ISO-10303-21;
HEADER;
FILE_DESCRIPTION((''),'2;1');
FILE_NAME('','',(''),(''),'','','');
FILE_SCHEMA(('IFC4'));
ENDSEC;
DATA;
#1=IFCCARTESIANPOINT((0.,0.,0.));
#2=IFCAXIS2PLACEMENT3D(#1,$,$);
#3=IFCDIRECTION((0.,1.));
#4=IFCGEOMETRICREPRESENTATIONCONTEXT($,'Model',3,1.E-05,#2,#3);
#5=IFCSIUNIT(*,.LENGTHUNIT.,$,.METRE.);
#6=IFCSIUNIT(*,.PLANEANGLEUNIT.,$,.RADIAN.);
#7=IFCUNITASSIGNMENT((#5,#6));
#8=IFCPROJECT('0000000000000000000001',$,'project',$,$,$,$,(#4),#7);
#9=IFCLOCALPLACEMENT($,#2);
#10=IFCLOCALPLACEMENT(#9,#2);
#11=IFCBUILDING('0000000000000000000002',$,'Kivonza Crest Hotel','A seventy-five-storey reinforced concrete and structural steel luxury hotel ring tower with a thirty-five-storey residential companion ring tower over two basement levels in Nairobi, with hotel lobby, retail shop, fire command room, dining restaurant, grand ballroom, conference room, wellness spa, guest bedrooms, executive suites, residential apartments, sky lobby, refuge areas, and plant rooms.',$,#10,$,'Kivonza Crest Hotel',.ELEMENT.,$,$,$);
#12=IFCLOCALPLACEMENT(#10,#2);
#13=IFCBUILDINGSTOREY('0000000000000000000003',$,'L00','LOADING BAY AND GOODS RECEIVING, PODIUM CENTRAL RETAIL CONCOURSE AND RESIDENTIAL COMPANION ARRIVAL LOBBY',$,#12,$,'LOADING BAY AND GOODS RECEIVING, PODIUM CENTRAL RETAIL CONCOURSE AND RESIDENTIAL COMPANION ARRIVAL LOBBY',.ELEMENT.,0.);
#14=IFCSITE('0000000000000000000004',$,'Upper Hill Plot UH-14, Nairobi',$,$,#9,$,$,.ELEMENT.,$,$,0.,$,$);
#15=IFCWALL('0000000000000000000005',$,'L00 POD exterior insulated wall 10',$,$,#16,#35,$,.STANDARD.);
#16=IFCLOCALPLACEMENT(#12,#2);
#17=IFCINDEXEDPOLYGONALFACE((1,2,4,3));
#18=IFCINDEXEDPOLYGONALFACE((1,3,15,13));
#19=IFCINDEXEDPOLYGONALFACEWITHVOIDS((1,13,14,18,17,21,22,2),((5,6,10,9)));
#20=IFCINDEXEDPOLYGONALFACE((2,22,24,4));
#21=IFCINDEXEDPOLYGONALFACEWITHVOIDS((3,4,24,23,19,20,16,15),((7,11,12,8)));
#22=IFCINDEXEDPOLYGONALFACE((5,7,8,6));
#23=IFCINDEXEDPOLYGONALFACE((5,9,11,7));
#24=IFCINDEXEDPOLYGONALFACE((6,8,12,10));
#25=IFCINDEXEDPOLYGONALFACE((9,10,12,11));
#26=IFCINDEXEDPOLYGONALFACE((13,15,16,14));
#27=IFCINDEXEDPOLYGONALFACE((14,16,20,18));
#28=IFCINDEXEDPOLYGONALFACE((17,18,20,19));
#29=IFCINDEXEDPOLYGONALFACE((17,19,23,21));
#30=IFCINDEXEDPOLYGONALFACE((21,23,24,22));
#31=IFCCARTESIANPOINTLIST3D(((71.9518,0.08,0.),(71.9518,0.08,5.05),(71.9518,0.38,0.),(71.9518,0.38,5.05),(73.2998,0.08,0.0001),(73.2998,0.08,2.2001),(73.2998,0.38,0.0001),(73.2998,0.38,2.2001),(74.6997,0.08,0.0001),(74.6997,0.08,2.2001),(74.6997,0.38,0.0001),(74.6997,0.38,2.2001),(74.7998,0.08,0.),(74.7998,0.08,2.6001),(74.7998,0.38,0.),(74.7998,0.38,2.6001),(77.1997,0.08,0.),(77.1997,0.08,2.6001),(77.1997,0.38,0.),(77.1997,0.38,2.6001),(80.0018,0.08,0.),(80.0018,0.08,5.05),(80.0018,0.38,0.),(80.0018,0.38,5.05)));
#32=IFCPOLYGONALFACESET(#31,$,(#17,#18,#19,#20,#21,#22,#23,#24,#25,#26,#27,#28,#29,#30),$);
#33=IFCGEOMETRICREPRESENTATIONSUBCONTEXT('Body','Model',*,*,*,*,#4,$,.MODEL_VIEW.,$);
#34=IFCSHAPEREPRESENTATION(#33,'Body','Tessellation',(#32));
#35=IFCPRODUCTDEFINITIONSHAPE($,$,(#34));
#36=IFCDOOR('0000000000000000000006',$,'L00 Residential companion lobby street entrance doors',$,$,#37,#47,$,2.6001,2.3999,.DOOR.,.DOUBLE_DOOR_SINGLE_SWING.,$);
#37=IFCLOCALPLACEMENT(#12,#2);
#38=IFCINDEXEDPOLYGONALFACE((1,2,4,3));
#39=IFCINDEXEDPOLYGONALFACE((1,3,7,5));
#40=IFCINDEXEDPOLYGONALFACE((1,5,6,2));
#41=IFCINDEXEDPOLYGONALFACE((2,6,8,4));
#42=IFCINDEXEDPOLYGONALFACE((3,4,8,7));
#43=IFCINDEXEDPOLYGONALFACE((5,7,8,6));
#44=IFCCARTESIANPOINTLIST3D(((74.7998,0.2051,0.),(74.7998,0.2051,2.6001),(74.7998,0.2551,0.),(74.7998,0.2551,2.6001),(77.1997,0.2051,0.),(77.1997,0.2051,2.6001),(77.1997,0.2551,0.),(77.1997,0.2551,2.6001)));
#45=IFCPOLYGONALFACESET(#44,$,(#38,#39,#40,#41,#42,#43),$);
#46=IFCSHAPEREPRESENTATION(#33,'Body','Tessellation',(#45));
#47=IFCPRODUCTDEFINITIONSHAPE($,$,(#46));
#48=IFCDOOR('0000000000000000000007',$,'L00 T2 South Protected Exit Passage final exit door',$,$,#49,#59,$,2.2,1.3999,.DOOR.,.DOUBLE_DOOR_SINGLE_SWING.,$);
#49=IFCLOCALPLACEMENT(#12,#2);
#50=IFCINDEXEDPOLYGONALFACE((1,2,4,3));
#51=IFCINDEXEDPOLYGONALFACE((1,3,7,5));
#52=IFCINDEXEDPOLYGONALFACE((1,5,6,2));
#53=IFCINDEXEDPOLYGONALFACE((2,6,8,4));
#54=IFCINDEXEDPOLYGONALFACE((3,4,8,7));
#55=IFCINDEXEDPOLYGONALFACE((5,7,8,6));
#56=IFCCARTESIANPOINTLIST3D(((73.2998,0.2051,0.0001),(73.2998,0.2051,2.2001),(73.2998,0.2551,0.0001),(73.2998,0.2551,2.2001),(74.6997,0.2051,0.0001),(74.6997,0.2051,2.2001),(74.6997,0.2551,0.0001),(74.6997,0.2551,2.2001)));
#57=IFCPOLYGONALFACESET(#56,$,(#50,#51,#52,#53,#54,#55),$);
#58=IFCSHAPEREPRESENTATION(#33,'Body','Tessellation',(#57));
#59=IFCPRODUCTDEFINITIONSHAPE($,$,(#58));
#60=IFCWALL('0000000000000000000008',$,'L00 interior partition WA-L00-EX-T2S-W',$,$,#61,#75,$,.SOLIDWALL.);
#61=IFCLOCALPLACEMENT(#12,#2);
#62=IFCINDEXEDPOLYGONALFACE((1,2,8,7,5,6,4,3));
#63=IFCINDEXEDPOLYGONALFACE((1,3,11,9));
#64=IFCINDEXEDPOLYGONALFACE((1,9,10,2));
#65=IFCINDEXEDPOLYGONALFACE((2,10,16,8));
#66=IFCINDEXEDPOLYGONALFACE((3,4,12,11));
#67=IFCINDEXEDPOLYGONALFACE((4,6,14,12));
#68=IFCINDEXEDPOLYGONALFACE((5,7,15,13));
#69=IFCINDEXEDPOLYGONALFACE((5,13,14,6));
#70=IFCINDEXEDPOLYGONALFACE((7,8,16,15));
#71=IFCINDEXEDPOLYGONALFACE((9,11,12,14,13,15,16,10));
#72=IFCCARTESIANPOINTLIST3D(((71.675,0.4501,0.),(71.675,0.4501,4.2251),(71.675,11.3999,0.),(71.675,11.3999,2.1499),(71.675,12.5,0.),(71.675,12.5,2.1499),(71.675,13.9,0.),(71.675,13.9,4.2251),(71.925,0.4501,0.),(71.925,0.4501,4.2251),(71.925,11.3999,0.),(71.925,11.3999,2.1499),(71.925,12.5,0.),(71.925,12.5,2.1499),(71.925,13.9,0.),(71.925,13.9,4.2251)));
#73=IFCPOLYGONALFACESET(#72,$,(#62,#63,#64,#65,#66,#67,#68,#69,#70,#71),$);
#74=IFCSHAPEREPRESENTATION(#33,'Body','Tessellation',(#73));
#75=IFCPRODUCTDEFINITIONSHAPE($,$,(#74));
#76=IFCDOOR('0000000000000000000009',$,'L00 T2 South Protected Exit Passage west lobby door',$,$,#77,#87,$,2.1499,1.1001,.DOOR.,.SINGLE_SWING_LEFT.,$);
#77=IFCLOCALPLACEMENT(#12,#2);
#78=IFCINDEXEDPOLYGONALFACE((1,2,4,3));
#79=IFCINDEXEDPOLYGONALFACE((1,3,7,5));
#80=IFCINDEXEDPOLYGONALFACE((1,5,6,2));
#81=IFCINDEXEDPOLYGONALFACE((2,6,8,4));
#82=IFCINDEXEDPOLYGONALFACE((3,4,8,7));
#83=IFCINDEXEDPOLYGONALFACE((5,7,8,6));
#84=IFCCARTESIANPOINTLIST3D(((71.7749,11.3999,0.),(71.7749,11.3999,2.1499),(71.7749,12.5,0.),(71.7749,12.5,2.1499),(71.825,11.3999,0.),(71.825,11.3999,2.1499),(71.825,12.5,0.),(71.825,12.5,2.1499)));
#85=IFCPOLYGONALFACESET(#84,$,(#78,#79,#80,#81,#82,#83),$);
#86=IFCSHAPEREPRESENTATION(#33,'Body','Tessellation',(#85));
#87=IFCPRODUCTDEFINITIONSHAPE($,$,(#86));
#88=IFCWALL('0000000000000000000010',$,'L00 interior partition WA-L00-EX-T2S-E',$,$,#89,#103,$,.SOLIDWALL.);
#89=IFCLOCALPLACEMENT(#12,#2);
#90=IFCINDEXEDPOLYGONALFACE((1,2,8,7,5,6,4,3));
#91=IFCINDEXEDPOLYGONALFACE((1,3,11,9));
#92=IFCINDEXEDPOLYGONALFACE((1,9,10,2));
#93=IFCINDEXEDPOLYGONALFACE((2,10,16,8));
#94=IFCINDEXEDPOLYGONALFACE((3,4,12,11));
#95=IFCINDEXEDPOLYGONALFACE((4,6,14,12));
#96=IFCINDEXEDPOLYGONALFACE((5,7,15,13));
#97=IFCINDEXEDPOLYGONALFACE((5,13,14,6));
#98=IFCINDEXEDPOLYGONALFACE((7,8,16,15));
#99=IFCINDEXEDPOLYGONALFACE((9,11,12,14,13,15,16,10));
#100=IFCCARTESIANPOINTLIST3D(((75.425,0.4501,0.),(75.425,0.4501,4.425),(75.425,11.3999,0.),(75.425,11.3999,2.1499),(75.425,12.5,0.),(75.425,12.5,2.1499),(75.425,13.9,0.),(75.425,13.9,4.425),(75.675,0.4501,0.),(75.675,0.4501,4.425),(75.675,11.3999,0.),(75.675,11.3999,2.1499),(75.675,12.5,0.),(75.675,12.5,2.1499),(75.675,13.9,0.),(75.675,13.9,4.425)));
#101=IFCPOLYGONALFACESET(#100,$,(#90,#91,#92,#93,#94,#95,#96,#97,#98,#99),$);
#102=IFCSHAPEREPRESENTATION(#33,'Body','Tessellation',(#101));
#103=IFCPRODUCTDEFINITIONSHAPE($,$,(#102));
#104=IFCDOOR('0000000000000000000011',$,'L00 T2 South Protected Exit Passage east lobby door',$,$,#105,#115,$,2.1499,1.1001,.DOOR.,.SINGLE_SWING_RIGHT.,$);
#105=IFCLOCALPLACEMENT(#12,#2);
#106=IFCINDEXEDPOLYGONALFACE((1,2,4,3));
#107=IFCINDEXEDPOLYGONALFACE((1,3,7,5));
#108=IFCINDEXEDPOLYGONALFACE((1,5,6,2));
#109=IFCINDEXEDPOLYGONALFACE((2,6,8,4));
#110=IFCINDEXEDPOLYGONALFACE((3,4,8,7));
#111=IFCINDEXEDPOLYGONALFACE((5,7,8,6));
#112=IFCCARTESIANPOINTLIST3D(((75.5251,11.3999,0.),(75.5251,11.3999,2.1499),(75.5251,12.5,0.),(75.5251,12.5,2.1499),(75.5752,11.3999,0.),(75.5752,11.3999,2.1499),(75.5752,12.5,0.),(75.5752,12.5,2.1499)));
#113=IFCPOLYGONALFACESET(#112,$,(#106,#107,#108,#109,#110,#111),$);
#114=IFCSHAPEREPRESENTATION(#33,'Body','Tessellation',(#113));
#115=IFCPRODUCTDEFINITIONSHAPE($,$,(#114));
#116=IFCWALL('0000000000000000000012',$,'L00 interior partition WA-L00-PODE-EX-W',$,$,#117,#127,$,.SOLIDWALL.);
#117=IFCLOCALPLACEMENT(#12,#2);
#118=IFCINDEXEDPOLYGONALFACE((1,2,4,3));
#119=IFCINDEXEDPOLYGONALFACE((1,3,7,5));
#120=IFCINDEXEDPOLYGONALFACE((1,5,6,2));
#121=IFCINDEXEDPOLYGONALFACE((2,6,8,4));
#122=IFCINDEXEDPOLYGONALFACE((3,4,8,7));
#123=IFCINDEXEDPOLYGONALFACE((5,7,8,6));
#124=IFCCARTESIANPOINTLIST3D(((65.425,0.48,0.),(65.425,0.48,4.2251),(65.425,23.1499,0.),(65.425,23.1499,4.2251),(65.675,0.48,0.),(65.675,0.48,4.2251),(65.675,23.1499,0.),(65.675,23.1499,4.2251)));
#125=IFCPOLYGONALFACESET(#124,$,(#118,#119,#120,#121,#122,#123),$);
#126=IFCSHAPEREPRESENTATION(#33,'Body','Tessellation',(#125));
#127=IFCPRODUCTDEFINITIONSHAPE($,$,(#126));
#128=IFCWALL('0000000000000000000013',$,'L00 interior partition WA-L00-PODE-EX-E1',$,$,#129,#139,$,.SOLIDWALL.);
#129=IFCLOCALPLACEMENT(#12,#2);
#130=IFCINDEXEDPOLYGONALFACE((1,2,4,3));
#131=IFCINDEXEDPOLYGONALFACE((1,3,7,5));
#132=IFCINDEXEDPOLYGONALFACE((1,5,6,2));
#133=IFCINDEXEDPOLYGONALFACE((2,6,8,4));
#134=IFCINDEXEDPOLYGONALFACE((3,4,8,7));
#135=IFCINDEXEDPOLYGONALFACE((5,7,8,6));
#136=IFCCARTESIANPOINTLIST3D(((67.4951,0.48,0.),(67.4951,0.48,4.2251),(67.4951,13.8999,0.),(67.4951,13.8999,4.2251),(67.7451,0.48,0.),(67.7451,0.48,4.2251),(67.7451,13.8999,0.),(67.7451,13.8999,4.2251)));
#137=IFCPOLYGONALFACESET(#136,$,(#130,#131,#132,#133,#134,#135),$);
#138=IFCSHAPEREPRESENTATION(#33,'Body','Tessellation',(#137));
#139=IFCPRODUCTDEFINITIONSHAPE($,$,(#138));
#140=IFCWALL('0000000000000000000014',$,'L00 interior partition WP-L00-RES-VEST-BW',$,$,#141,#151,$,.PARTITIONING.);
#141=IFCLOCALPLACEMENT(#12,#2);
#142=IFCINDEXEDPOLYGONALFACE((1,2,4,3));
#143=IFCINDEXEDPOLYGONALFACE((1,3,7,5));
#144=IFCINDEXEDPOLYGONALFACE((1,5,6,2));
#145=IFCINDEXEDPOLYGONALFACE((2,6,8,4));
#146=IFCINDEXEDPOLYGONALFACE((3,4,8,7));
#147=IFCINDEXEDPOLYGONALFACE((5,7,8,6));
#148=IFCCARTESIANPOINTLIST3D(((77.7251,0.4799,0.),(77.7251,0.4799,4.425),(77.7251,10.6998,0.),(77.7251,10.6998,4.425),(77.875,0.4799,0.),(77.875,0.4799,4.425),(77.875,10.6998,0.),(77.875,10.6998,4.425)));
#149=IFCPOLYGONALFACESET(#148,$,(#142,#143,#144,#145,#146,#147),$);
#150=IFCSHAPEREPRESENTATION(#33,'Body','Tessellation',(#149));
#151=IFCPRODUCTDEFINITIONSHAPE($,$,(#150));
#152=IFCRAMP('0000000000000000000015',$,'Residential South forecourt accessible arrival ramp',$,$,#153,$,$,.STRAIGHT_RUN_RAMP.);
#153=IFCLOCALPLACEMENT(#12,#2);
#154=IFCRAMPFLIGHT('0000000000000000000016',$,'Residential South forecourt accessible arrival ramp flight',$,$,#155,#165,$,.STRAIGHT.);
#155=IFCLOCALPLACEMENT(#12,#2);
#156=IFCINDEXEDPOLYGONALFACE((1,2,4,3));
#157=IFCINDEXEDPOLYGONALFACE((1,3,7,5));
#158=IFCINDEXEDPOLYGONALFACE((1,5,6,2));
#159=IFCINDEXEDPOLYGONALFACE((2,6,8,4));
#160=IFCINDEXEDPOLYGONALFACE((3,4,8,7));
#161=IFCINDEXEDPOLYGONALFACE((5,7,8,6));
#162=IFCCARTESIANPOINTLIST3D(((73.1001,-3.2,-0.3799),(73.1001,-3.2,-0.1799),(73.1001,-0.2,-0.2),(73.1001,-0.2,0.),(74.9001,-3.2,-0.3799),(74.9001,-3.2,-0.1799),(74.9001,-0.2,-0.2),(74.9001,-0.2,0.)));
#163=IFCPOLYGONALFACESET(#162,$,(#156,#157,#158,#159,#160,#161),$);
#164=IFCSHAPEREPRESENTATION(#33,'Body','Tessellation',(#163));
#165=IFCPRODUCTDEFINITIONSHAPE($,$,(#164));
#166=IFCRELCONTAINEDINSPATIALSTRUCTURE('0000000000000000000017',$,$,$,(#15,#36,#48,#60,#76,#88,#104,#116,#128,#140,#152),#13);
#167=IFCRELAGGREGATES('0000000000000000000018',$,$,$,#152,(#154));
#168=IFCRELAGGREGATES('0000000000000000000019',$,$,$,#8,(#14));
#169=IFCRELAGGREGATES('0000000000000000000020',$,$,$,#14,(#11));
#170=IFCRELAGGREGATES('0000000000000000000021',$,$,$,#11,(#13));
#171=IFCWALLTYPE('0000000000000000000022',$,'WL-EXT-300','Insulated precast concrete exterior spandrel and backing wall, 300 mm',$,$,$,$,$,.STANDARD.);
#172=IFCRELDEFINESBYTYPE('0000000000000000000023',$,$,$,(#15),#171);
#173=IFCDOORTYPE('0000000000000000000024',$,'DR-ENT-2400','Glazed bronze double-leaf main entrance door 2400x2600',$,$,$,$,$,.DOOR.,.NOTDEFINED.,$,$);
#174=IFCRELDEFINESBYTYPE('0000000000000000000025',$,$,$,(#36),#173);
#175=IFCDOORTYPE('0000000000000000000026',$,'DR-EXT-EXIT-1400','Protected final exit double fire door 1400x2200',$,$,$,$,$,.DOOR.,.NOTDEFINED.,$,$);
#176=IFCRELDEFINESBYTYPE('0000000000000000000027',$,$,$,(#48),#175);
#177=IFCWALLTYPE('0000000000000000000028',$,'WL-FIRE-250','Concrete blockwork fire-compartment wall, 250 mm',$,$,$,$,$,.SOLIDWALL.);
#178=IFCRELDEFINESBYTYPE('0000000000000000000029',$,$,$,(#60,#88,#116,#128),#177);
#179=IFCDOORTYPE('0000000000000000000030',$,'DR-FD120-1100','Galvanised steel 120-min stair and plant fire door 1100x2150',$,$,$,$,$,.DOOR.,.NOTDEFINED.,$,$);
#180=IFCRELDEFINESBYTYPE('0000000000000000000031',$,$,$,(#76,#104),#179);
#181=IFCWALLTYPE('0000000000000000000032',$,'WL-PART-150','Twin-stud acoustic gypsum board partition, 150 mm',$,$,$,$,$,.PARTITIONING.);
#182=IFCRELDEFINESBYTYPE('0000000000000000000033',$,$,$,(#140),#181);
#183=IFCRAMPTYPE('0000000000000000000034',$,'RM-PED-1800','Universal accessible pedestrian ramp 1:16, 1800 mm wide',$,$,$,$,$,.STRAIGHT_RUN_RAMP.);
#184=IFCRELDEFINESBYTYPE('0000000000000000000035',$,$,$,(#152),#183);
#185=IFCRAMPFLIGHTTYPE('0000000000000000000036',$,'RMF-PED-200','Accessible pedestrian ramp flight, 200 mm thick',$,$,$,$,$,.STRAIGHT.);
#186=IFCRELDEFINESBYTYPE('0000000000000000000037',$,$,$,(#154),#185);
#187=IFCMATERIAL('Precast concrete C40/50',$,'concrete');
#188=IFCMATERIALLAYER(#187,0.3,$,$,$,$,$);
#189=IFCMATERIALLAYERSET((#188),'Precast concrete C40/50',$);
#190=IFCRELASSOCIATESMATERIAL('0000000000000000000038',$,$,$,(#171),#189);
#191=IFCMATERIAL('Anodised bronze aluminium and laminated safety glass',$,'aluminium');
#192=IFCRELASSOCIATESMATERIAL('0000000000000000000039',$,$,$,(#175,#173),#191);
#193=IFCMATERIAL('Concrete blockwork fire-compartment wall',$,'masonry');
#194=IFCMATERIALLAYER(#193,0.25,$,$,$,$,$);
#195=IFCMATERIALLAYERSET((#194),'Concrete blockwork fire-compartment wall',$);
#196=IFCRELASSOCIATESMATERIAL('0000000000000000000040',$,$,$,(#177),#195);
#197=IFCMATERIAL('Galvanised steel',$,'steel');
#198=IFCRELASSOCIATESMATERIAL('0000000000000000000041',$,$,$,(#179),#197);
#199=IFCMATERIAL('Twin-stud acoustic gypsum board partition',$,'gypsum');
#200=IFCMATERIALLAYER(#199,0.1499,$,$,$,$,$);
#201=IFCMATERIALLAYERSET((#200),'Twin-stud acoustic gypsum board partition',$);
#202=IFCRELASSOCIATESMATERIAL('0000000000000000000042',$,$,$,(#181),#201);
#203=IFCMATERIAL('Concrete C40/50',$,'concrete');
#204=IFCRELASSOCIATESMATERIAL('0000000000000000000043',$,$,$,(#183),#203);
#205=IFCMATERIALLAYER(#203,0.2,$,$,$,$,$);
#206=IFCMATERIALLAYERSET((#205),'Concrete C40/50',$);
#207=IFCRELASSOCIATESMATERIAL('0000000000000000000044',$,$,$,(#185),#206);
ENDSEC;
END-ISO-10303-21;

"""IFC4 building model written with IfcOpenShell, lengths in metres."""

from ifc_helpers import new_model, si_unit, direction, frame, frame_2d, origin, place, context, subcontext, project, spatial, polyline, rectangle, outline, extrude, material, layer, layer_set, type_object, element, fill, aggregate, save


model = new_model("IFC4")

# Units and contexts
model_context = context("Model", 3, precision=1e-05, world=origin(), true_north=direction((0.0, 1.0)))
body_context = subcontext(model_context, "Body", "Model", "MODEL_VIEW")
ifc_project = project(units=[si_unit("LENGTHUNIT", "METRE"), si_unit("PLANEANGLEUNIT", "RADIAN")], contexts=[model_context])

# Site, building, storey
site_placement = place(None, origin())
site = spatial("IfcSite", under=ifc_project, at=site_placement, Name="Upper Hill Plot UH-14, Nairobi", CompositionType="ELEMENT", RefElevation=0.0)
building_placement = place(site_placement, origin())
building = spatial("IfcBuilding", under=site, at=building_placement, Name="Kivonza Crest Hotel", Description="A seventy-five-storey reinforced concrete and structural steel luxury hotel ring tower with a thirty-five-storey residential companion ring tower over two basement levels in Nairobi, with hotel lobby, retail shop, fire command room, dining restaurant, grand ballroom, conference room, wellness spa, guest bedrooms, executive suites, residential apartments, sky lobby, refuge areas, and plant rooms.", LongName="Kivonza Crest Hotel", CompositionType="ELEMENT")
storey_placement = place(building_placement, origin())
storey = spatial("IfcBuildingStorey", under=building, at=storey_placement, Name="L00", Description="LOADING BAY AND GOODS RECEIVING, PODIUM CENTRAL RETAIL CONCOURSE AND RESIDENTIAL COMPANION ARRIVAL LOBBY", LongName="LOADING BAY AND GOODS RECEIVING, PODIUM CENTRAL RETAIL CONCOURSE AND RESIDENTIAL COMPANION ARRIVAL LOBBY", CompositionType="ELEMENT", Elevation=0.0)

# Shared definitions
ifc_material_1 = material(Name="Concrete C40/50", Category="concrete")

# Shared definitions
ifc_material_2 = material(Name="Galvanised steel", Category="steel")

# Shared definitions
ifc_material_3 = material(Name="Precast concrete C40/50", Category="concrete")
ifc_layer_1 = layer(ifc_material_3, 0.3)
ifc_layer_set_1 = layer_set([ifc_layer_1], Name="Precast concrete C40/50")
wall_type_1 = type_object("IfcWallType", Name="WL-EXT-300", Description="Insulated precast concrete exterior spandrel and backing wall, 300 mm", PredefinedType="STANDARD", material=ifc_layer_set_1)
ifc_material_4 = material(Name="Anodised bronze aluminium and laminated safety glass", Category="aluminium")
door_type_1 = type_object("IfcDoorType", Name="DR-EXT-EXIT-1400", Description="Protected final exit double fire door 1400x2200", OperationType="NOTDEFINED", PredefinedType="DOOR", material=ifc_material_4)

# Wall, openings, doors
wall_1_placement = place(storey_placement, frame((71.9519, 0.23, 0.0), z_axis=(0.0, 0.0, 1.0), x_axis=(1.0, 0.0, 0.0)))
wall_1 = element("IfcWall", 1, at=wall_1_placement, inside=storey, type_object=wall_type_1, Name="L00 POD exterior insulated wall 10", PredefinedType="STANDARD", context=body_context, shape_type="SweptSolid", body=[
    extrude(rectangle(XDim=8.05, YDim=0.3, at=frame_2d((4.0249, 0.0))), origin(), (0.0, 0.0, 1.0), 5.05),
])
opening_1_placement = place(wall_1_placement, frame((1.3479, 0.0, 0.0)))
opening_1 = element("IfcOpeningElement", 2, at=opening_1_placement, cuts=wall_1, PredefinedType="OPENING", context=body_context, shape_type="SweptSolid", body=[
    extrude(rectangle(XDim=1.3999, YDim=2.2, at=frame_2d((0.7, 1.1001))), frame((0.0, 0.1602, 0.0), z_axis=(0.0, -1.0, 0.0), x_axis=(1.0, 0.0, 0.0)), (0.0, 0.0, 1.0), 0.3201),
])
opening_2_placement = place(wall_1_placement, frame((2.8479, 0.0, 0.0)))
opening_2 = element("IfcOpeningElement", 3, at=opening_2_placement, cuts=wall_1, PredefinedType="OPENING", context=body_context, shape_type="SweptSolid", body=[
    extrude(rectangle(XDim=2.3999, YDim=2.6001, at=frame_2d((1.2, 1.3))), frame((0.0, 0.1602, 0.0), z_axis=(0.0, -1.0, 0.0), x_axis=(1.0, 0.0, 0.0)), (0.0, 0.0, 1.0), 0.3201),
])
door_type_2 = type_object("IfcDoorType", Name="DR-ENT-2400", Description="Glazed bronze double-leaf main entrance door 2400x2600", OperationType="NOTDEFINED", PredefinedType="DOOR", material=ifc_material_4)
door_1_placement = place(opening_2_placement, frame((2.3999, 0.0, 0.0), z_axis=(0.0, 0.0, 1.0), x_axis=(-1.0, 0.0, 0.0)))
door_1 = element("IfcDoor", 4, at=door_1_placement, inside=storey, type_object=door_type_2, Name="L00 Residential companion lobby street entrance doors", OperationType="DOUBLE_DOOR_SINGLE_SWING", OverallHeight=2.6001, OverallWidth=2.3999, PredefinedType="DOOR", context=body_context, shape_type="SweptSolid", body=[
    extrude(rectangle(XDim=2.3999, YDim=2.6001, at=frame_2d((1.2, 1.3))), frame((0.0, 0.0249, 0.0), z_axis=(0.0, -1.0, 0.0), x_axis=(1.0, 0.0, 0.0)), (0.0, 0.0, 1.0), 0.05),
])
fill(opening_2, door_1)
door_2_placement = place(opening_1_placement, frame((1.3999, 0.0, 0.0), z_axis=(0.0, 0.0, 1.0), x_axis=(-1.0, 0.0, 0.0)))
door_2 = element("IfcDoor", 5, at=door_2_placement, inside=storey, type_object=door_type_1, Name="L00 T2 South Protected Exit Passage final exit door", OperationType="DOUBLE_DOOR_SINGLE_SWING", OverallHeight=2.2, OverallWidth=1.3999, PredefinedType="DOOR", context=body_context, shape_type="SweptSolid", body=[
    extrude(rectangle(XDim=1.3999, YDim=2.2, at=frame_2d((0.7, 1.1001))), frame((0.0, 0.0249, 0.0), z_axis=(0.0, -1.0, 0.0), x_axis=(1.0, 0.0, 0.0)), (0.0, 0.0, 1.0), 0.05),
])
fill(opening_1, door_2)

# Walls, openings, doors
ifc_material_5 = material(Name="Concrete blockwork fire-compartment wall", Category="masonry")
ifc_layer_2 = layer(ifc_material_5, 0.25)
ifc_layer_set_2 = layer_set([ifc_layer_2], Name="Concrete blockwork fire-compartment wall")
wall_type_2 = type_object("IfcWallType", Name="WL-FIRE-250", Description="Concrete blockwork fire-compartment wall, 250 mm", PredefinedType="SOLIDWALL", material=ifc_layer_set_2)
wall_2_placement = place(storey_placement, frame((71.8, 0.45, 0.0), z_axis=(0.0, 0.0, 1.0), x_axis=(0.0, 1.0, 0.0)))
wall_2 = element("IfcWall", 6, at=wall_2_placement, inside=storey, type_object=wall_type_2, Name="L00 interior partition WA-L00-EX-T2S-W", PredefinedType="SOLIDWALL", context=body_context, shape_type="SweptSolid", body=[
    extrude(rectangle(XDim=13.45, YDim=0.25, at=frame_2d((6.7251, 0.0))), origin(), (0.0, 0.0, 1.0), 4.2251),
])
opening_3_placement = place(wall_2_placement, frame((10.95, 0.0, 0.0)))
opening_3 = element("IfcOpeningElement", 7, at=opening_3_placement, cuts=wall_2, PredefinedType="OPENING", context=body_context, shape_type="SweptSolid", body=[
    extrude(rectangle(XDim=1.1001, YDim=2.1499, at=frame_2d((0.55, 1.075))), frame((0.0, 0.135, 0.0), z_axis=(0.0, -1.0, 0.0), x_axis=(1.0, 0.0, 0.0)), (0.0, 0.0, 1.0), 0.27),
])
door_type_3 = type_object("IfcDoorType", Name="DR-FD120-1100", Description="Galvanised steel 120-min stair and plant fire door 1100x2150", OperationType="NOTDEFINED", PredefinedType="DOOR", material=ifc_material_2)
door_3_placement = place(opening_3_placement, frame((1.1001, 0.0, 0.0), z_axis=(0.0, 0.0, 1.0), x_axis=(-1.0, 0.0, 0.0)))
door_3 = element("IfcDoor", 8, at=door_3_placement, inside=storey, type_object=door_type_3, Name="L00 T2 South Protected Exit Passage west lobby door", OperationType="SINGLE_SWING_LEFT", OverallHeight=2.1499, OverallWidth=1.1001, PredefinedType="DOOR", context=body_context, shape_type="SweptSolid", body=[
    extrude(rectangle(XDim=1.1001, YDim=2.1499, at=frame_2d((0.55, 1.075))), frame((0.0, 0.0249, 0.0), z_axis=(0.0, -1.0, 0.0), x_axis=(1.0, 0.0, 0.0)), (0.0, 0.0, 1.0), 0.05),
])
fill(opening_3, door_3)
wall_3_placement = place(storey_placement, frame((75.55, 0.45, 0.0), z_axis=(0.0, 0.0, 1.0), x_axis=(0.0, 1.0, 0.0)))
wall_3 = element("IfcWall", 9, at=wall_3_placement, inside=storey, type_object=wall_type_2, Name="L00 interior partition WA-L00-EX-T2S-E", PredefinedType="SOLIDWALL", context=body_context, shape_type="SweptSolid", body=[
    extrude(rectangle(XDim=13.45, YDim=0.25, at=frame_2d((6.7251, 0.0))), origin(), (0.0, 0.0, 1.0), 4.425),
])
opening_4_placement = place(wall_3_placement, frame((10.95, 0.0, 0.0)))
opening_4 = element("IfcOpeningElement", 10, at=opening_4_placement, cuts=wall_3, PredefinedType="OPENING", context=body_context, shape_type="SweptSolid", body=[
    extrude(rectangle(XDim=1.1001, YDim=2.1499, at=frame_2d((0.55, 1.075))), frame((0.0, 0.135, 0.0), z_axis=(0.0, -1.0, 0.0), x_axis=(1.0, 0.0, 0.0)), (0.0, 0.0, 1.0), 0.27),
])
door_4_placement = place(opening_4_placement, origin())
door_4 = element("IfcDoor", 11, at=door_4_placement, inside=storey, type_object=door_type_3, Name="L00 T2 South Protected Exit Passage east lobby door", OperationType="SINGLE_SWING_RIGHT", OverallHeight=2.1499, OverallWidth=1.1001, PredefinedType="DOOR", context=body_context, shape_type="SweptSolid", body=[
    extrude(rectangle(XDim=1.1001, YDim=2.1499, at=frame_2d((0.55, 1.075))), frame((0.0, 0.0249, 0.0), z_axis=(0.0, -1.0, 0.0), x_axis=(1.0, 0.0, 0.0)), (0.0, 0.0, 1.0), 0.05),
])
fill(opening_4, door_4)

# Walls
wall_4_placement = place(storey_placement, frame((65.55, 0.48, 0.0), z_axis=(0.0, 0.0, 1.0), x_axis=(0.0, 1.0, 0.0)))
element("IfcWall", 12, at=wall_4_placement, inside=storey, type_object=wall_type_2, Name="L00 interior partition WA-L00-PODE-EX-W", PredefinedType="SOLIDWALL", context=body_context, shape_type="SweptSolid", body=[
    extrude(rectangle(XDim=22.6699, YDim=0.25, at=frame_2d((11.335, 0.0))), origin(), (0.0, 0.0, 1.0), 4.2251),
])
wall_5_placement = place(storey_placement, frame((67.6201, 0.48, 0.0), z_axis=(0.0, 0.0, 1.0), x_axis=(0.0, 1.0, 0.0)))
element("IfcWall", 13, at=wall_5_placement, inside=storey, type_object=wall_type_2, Name="L00 interior partition WA-L00-PODE-EX-E1", PredefinedType="SOLIDWALL", context=body_context, shape_type="SweptSolid", body=[
    extrude(rectangle(XDim=13.4199, YDim=0.25, at=frame_2d((6.71, 0.0))), origin(), (0.0, 0.0, 1.0), 4.2251),
])
ifc_material_6 = material(Name="Twin-stud acoustic gypsum board partition", Category="gypsum")
ifc_layer_3 = layer(ifc_material_6, 0.1499)
ifc_layer_set_3 = layer_set([ifc_layer_3], Name="Twin-stud acoustic gypsum board partition")
wall_type_3 = type_object("IfcWallType", Name="WL-PART-150", Description="Twin-stud acoustic gypsum board partition, 150 mm", PredefinedType="PARTITIONING", material=ifc_layer_set_3)
wall_6_placement = place(storey_placement, frame((77.8, 0.48, 0.0), z_axis=(0.0, 0.0, 1.0), x_axis=(0.0, 1.0, 0.0)))
element("IfcWall", 14, at=wall_6_placement, inside=storey, type_object=wall_type_3, Name="L00 interior partition WP-L00-RES-VEST-BW", PredefinedType="PARTITIONING", context=body_context, shape_type="SweptSolid", body=[
    extrude(rectangle(XDim=10.22, YDim=0.1499, at=frame_2d((5.1099, 0.0))), origin(), (0.0, 0.0, 1.0), 4.425),
])

# Ramp, ramp flight
ramp_type = type_object("IfcRampType", Name="RM-PED-1800", Description="Universal accessible pedestrian ramp 1:16, 1800 mm wide", PredefinedType="STRAIGHT_RUN_RAMP", material=ifc_material_1)
ramp_placement = place(storey_placement, origin())
ramp = element("IfcRamp", 15, at=ramp_placement, inside=storey, type_object=ramp_type, Name="Residential South forecourt accessible arrival ramp", PredefinedType="STRAIGHT_RUN_RAMP")
ifc_layer_4 = layer(ifc_material_1, 0.2)
ifc_layer_set_4 = layer_set([ifc_layer_4], Name="Concrete C40/50")
ramp_flight_type = type_object("IfcRampFlightType", Name="RMF-PED-200", Description="Accessible pedestrian ramp flight, 200 mm thick", PredefinedType="STRAIGHT", material=ifc_layer_set_4)
ramp_flight_placement = place(storey_placement, frame((74.0, -3.2, -0.1799), z_axis=(0.0, 0.0, 1.0), x_axis=(0.0, 1.0, 0.0)))
ramp_flight = element("IfcRampFlight", 16, at=ramp_flight_placement, type_object=ramp_flight_type, Name="Residential South forecourt accessible arrival ramp flight", PredefinedType="STRAIGHT", context=body_context, shape_type="SweptSolid", body=[
    extrude(outline(polyline([(0.0, 0.0), (3.0, 0.1799), (3.0, -0.02), (0.0, -0.2), (0.0, 0.0)])), frame((0.0, 0.8999, 0.0), z_axis=(0.0, -1.0, 0.0), x_axis=(1.0, 0.0, 0.0)), (0.0, 0.0, 1.0), 1.8),
])
aggregate(ramp, [ramp_flight])

save(model, "model.ifc")
